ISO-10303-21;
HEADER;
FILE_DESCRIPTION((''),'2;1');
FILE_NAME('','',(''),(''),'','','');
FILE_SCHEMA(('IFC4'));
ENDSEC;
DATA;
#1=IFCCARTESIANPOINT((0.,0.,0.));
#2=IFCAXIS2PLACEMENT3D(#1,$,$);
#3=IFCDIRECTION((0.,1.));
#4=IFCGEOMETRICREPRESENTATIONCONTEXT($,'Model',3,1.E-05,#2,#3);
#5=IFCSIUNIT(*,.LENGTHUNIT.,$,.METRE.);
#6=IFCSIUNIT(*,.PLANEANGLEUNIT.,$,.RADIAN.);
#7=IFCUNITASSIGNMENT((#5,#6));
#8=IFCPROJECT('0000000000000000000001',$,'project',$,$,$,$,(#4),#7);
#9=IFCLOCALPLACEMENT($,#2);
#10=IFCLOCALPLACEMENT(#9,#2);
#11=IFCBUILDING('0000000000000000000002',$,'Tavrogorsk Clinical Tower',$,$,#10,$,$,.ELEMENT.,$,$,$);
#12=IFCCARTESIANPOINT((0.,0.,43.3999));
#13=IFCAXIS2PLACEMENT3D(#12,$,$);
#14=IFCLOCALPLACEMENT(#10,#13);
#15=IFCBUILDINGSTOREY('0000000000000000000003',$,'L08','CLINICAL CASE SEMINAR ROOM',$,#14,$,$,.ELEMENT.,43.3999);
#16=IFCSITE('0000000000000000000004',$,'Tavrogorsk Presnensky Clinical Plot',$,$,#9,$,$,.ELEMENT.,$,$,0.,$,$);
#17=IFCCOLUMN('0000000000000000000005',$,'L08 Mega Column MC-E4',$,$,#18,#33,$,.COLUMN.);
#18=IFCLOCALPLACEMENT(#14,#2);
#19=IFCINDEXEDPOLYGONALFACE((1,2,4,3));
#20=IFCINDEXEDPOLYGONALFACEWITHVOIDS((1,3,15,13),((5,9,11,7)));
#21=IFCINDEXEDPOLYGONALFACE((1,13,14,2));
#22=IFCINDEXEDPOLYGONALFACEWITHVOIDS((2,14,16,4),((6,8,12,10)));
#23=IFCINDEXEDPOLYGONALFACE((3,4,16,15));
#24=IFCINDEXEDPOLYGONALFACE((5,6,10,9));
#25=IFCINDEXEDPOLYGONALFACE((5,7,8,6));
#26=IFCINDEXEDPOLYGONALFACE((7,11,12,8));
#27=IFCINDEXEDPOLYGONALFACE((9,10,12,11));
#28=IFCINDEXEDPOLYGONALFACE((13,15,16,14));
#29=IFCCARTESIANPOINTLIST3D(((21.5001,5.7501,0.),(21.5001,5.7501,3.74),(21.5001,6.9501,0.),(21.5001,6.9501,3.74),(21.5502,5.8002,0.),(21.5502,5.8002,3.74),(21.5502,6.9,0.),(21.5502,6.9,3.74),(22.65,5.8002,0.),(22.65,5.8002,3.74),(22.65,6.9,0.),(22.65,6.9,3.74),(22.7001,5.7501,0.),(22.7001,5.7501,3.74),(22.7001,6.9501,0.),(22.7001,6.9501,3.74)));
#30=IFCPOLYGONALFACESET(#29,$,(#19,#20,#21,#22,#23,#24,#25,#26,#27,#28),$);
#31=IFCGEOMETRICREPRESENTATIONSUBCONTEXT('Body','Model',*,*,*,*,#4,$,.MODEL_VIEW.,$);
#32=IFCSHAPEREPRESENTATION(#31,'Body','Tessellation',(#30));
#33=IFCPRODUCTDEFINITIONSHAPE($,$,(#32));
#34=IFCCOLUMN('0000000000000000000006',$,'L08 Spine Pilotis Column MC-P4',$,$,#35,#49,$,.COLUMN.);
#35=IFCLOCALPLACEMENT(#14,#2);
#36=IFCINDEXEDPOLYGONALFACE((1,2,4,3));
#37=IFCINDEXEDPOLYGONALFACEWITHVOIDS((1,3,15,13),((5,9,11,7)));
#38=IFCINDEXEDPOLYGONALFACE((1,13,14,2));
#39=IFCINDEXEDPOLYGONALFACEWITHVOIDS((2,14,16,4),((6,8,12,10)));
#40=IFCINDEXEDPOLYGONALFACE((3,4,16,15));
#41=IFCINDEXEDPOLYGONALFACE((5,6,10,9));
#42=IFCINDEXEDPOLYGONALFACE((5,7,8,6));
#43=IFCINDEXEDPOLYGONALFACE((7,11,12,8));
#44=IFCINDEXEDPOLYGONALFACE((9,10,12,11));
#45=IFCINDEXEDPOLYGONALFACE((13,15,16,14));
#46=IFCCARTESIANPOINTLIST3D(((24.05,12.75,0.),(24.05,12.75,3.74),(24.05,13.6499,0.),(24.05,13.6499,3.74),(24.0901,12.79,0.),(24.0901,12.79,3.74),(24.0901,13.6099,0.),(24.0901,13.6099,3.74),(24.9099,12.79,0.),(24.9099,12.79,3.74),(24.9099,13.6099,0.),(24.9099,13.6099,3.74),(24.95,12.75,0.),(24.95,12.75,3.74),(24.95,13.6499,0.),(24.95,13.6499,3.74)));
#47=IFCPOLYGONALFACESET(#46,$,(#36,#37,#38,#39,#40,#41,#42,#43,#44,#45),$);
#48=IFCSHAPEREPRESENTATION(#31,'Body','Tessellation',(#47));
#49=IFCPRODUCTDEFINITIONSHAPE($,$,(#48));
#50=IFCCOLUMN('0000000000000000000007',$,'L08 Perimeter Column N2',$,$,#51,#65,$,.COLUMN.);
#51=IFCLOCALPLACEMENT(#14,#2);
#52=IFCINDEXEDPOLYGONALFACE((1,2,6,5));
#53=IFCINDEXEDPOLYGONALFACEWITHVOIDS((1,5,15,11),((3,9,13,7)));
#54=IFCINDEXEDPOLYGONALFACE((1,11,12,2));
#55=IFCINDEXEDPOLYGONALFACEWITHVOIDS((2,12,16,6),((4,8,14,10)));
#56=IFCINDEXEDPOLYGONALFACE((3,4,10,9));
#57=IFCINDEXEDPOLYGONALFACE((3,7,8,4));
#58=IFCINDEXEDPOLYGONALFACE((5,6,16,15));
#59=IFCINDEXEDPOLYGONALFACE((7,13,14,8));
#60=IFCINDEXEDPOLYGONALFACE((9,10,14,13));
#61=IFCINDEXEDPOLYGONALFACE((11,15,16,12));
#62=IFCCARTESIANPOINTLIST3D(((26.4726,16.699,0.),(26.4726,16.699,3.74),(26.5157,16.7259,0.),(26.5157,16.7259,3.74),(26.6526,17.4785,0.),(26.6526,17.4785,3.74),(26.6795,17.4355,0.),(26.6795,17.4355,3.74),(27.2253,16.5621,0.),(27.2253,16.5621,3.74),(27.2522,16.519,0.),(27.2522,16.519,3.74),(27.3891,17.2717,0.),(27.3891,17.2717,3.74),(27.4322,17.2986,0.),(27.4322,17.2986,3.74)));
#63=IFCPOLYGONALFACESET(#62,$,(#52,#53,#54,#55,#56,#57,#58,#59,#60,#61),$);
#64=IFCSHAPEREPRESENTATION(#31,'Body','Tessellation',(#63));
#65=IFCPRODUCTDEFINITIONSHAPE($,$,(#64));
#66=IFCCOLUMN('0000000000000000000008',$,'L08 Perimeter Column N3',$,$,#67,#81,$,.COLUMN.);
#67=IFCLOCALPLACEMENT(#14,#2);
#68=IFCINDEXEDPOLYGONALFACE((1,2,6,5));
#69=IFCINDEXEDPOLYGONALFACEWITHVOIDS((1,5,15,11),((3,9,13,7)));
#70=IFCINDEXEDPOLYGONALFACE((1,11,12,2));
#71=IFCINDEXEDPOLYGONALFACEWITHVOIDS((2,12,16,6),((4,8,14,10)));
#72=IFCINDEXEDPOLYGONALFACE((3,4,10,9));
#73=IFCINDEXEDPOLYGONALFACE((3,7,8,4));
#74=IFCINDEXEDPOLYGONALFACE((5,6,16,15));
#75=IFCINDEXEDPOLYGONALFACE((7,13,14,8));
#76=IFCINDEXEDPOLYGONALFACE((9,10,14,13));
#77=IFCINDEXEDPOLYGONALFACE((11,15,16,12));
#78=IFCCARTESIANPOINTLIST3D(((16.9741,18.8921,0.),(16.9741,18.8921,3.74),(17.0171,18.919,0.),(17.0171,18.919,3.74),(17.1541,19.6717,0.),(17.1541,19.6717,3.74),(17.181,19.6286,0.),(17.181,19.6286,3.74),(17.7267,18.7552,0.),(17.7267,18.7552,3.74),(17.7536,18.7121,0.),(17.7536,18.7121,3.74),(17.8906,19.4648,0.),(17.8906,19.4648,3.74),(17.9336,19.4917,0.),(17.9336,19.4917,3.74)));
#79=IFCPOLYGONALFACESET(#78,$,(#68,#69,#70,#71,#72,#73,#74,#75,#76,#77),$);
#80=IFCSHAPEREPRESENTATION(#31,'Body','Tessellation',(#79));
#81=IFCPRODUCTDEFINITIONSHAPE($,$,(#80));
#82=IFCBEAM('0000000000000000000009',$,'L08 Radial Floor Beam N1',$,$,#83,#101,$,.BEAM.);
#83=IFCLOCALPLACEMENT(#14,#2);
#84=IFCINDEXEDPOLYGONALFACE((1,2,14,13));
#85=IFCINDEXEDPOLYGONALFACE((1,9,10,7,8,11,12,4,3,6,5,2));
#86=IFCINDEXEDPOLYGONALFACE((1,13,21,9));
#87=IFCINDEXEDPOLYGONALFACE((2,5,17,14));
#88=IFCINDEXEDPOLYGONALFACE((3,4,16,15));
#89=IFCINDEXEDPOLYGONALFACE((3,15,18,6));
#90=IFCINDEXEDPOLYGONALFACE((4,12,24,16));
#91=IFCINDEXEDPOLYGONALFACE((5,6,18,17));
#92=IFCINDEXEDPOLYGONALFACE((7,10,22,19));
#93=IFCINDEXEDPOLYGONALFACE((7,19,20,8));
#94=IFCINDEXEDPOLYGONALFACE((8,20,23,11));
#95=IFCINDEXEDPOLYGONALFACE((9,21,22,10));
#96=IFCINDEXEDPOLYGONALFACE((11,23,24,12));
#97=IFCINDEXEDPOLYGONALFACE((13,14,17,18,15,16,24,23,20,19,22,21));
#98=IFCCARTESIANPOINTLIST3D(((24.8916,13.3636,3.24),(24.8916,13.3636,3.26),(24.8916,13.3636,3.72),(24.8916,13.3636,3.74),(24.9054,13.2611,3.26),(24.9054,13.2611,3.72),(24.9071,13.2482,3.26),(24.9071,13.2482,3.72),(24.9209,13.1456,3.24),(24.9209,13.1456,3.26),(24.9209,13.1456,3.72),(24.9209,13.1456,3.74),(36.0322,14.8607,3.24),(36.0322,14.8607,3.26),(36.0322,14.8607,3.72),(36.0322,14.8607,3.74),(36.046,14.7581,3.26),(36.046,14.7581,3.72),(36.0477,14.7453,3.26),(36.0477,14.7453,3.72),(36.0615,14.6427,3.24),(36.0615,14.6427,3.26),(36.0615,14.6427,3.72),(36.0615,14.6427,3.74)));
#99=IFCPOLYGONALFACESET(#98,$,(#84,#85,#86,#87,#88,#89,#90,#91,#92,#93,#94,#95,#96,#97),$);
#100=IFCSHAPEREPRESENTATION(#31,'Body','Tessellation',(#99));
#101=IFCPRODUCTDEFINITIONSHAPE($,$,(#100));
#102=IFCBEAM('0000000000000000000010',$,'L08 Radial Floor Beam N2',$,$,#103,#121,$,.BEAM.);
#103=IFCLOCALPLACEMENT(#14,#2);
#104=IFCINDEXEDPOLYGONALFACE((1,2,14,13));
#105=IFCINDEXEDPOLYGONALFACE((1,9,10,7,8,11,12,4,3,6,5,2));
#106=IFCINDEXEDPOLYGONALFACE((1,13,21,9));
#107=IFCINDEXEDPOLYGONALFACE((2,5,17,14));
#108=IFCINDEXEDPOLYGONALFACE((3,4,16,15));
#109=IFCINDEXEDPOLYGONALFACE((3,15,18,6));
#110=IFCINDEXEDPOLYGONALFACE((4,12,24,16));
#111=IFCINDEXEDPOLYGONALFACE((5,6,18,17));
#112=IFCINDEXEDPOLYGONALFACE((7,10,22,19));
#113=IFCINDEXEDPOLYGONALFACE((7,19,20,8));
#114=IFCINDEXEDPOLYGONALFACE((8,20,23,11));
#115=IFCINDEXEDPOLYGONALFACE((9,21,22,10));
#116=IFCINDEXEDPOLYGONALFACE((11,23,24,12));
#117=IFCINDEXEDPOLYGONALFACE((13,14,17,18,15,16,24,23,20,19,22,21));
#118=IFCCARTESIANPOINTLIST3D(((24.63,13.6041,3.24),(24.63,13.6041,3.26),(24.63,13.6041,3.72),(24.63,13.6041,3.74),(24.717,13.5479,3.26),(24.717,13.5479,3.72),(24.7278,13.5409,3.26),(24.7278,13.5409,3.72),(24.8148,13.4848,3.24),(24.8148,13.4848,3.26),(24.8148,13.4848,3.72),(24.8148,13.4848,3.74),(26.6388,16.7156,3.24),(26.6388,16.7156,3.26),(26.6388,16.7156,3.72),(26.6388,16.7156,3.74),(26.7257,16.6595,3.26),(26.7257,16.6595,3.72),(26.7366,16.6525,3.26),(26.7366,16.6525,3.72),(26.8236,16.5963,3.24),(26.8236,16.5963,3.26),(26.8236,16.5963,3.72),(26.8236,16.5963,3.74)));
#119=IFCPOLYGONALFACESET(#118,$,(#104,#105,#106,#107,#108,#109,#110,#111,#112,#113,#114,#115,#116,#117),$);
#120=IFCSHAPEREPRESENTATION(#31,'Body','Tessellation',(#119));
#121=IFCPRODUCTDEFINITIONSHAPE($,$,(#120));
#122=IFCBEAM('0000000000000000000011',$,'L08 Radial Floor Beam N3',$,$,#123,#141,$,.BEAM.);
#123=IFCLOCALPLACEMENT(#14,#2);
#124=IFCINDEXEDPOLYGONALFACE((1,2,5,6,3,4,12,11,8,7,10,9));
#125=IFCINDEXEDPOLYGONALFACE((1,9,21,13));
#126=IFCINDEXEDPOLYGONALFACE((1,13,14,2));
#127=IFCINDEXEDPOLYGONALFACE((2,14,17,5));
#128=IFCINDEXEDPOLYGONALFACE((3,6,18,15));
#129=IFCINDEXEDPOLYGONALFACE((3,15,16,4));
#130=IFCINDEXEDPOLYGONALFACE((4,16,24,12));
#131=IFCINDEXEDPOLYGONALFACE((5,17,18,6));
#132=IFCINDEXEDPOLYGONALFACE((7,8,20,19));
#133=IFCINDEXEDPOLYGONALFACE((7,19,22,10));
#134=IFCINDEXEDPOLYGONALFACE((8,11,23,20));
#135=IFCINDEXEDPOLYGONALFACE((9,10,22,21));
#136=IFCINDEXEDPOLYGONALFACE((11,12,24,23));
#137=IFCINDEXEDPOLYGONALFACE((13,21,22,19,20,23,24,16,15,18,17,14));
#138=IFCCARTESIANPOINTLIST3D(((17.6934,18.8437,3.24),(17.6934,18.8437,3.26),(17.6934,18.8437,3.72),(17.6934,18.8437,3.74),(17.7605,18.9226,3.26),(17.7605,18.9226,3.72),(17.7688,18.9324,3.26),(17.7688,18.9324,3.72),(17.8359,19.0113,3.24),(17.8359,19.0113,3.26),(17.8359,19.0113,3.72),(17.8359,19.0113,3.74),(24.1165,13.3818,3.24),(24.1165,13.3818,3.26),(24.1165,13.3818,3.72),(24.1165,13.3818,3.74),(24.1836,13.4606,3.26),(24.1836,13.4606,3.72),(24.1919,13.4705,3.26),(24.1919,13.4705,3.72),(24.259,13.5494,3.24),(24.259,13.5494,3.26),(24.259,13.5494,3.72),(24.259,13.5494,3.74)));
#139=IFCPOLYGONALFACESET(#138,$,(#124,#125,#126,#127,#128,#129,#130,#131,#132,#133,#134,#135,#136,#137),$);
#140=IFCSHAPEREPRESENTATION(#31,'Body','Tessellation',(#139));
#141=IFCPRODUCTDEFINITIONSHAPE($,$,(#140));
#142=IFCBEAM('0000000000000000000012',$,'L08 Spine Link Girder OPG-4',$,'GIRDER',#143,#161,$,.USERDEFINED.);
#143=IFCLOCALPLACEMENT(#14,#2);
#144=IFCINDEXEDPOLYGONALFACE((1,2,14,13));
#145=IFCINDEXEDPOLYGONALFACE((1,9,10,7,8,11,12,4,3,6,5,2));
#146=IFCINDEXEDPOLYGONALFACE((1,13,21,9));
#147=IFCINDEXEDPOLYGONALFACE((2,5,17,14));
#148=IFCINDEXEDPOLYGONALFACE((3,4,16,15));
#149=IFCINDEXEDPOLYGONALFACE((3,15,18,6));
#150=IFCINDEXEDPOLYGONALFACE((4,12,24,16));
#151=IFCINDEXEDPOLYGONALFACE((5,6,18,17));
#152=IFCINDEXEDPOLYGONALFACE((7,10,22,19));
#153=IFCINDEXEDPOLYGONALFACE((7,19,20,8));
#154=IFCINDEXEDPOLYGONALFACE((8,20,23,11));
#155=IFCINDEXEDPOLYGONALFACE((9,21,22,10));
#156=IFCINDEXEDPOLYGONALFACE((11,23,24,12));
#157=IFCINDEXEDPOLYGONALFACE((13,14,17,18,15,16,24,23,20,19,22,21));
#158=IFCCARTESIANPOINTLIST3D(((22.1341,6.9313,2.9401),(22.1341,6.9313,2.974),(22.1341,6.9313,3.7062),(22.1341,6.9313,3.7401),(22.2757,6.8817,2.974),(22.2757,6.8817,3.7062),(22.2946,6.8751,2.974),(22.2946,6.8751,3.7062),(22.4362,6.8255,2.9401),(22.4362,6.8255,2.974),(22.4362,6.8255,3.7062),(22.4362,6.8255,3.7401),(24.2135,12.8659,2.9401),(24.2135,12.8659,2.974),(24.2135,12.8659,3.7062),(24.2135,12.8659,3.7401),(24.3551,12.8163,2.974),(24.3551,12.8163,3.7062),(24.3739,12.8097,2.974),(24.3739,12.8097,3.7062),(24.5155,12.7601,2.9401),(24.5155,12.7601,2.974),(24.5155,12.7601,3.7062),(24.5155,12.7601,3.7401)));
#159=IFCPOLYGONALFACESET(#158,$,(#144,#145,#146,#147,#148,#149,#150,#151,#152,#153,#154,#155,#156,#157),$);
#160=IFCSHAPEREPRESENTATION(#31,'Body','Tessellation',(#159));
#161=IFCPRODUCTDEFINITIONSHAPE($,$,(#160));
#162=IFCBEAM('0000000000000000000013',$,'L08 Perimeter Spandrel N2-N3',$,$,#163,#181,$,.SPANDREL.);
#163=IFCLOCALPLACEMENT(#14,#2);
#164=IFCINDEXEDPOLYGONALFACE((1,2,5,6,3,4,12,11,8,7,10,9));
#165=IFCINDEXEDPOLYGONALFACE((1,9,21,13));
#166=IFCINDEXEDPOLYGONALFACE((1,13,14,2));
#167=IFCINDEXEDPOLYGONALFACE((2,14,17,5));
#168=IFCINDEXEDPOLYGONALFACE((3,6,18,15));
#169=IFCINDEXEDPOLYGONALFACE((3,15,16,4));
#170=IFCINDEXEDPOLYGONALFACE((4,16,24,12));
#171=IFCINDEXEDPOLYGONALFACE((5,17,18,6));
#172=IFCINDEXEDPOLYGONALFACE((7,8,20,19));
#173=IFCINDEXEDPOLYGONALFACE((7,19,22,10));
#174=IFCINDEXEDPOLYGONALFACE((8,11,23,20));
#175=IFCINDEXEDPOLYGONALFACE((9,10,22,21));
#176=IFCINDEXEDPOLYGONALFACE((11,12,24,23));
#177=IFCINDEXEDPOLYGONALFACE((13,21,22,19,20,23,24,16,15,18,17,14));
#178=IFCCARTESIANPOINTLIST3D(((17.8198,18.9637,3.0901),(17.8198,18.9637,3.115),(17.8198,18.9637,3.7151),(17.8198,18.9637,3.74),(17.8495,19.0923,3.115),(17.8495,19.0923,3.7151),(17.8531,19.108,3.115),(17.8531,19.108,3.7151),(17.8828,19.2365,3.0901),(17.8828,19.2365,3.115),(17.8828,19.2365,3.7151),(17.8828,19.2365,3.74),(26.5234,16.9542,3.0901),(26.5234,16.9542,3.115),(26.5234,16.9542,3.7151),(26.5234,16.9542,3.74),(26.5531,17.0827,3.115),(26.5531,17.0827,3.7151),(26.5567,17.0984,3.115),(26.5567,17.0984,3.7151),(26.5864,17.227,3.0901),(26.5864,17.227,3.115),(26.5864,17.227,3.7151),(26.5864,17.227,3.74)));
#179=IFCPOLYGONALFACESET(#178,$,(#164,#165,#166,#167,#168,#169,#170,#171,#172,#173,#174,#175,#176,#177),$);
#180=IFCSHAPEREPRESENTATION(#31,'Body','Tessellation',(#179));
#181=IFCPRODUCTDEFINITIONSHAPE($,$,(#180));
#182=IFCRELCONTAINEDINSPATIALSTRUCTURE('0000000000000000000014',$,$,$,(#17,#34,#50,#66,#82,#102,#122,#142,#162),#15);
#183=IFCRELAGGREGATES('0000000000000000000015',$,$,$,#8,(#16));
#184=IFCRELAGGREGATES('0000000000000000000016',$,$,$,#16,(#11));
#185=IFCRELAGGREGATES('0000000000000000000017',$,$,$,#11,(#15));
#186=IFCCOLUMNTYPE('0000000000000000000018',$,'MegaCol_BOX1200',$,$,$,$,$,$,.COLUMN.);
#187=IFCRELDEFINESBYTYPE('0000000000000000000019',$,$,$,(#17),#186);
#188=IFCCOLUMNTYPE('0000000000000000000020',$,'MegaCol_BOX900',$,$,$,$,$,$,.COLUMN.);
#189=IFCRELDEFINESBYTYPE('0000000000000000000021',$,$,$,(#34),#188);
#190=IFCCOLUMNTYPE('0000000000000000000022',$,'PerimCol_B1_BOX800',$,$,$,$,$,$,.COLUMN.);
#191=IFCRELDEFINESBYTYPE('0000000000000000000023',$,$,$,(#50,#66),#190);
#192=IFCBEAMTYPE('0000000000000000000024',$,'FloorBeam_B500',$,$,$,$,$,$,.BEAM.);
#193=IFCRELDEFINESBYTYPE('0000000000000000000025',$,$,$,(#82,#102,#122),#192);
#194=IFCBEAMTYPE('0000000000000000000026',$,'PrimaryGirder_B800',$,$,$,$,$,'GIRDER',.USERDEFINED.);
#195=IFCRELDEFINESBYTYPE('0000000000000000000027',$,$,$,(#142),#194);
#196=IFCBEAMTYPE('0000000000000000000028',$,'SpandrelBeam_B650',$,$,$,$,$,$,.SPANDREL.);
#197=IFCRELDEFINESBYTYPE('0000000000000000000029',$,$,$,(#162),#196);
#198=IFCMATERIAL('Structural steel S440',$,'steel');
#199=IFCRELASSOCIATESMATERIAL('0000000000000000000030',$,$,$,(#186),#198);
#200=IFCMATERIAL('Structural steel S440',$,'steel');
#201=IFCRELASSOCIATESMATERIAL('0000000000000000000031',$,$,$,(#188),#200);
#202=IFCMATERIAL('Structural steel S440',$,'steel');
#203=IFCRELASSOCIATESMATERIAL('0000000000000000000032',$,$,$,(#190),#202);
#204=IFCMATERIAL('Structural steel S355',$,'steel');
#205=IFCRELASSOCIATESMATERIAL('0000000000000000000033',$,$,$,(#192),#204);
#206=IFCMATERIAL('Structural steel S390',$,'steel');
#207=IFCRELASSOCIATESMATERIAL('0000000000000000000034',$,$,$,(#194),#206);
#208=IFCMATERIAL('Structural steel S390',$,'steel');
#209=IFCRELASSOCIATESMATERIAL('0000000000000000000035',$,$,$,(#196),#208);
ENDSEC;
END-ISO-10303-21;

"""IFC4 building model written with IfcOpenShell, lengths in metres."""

from ifc_helpers import new_model, si_unit, direction, frame, origin, origin_2d, place, context, subcontext, project, spatial, hollow_rectangle, i_section, extrude, material, material_profile, profile_set, type_object, element, save


model = new_model("IFC4")

# Units and contexts
model_context = context("Model", 3, precision=1e-05, world=origin(), true_north=direction((0.0, 1.0)))
body_context = subcontext(model_context, "Body", "Model", "MODEL_VIEW")
ifc_project = project(units=[si_unit("LENGTHUNIT", "METRE"), si_unit("PLANEANGLEUNIT", "RADIAN")], contexts=[model_context])

# Site, building, storey
site_placement = place(None, origin())
site = spatial("IfcSite", under=ifc_project, at=site_placement, Name="Tavrogorsk Presnensky Clinical Plot", CompositionType="ELEMENT", RefElevation=0.0)
building_placement = place(site_placement, origin())
building = spatial("IfcBuilding", under=site, at=building_placement, Name="Tavrogorsk Clinical Tower", CompositionType="ELEMENT")
storey_placement = place(building_placement, frame((0.0, 0.0, 43.3999)))
storey = spatial("IfcBuildingStorey", under=building, at=storey_placement, Name="L08", Description="CLINICAL CASE SEMINAR ROOM", CompositionType="ELEMENT", Elevation=43.3999)

# Columns
ifc_material_1 = material(Name="Structural steel S440", Category="steel")
ifc_material_profile_1 = material_profile(ifc_material_1, hollow_rectangle(XDim=1.2, YDim=1.2, WallThickness=0.05, at=origin_2d()), Name="BOX-1200x1200x50")
ifc_profile_set_1 = profile_set([ifc_material_profile_1], Name="Structural steel S440")
column_type_1 = type_object("IfcColumnType", Name="MegaCol_BOX1200", PredefinedType="COLUMN", material=ifc_profile_set_1)
column_1_placement = place(storey_placement, frame((22.1001, 6.3501, 0.0), z_axis=(0.0, 0.0, 1.0), x_axis=(1.0, 0.0, 0.0)))
element("IfcColumn", 1, at=column_1_placement, inside=storey, type_object=column_type_1, Name="L08 Mega Column MC-E4", PredefinedType="COLUMN", context=body_context, shape_type="SweptSolid", body=[
    extrude(hollow_rectangle(XDim=1.2, YDim=1.2, WallThickness=0.05, at=origin_2d()), origin(), (0.0, 0.0, 1.0), 3.74),
])
ifc_material_2 = material(Name="Structural steel S440", Category="steel")
ifc_material_profile_2 = material_profile(ifc_material_2, hollow_rectangle(XDim=0.8999, YDim=0.8999, WallThickness=0.04, at=origin_2d()), Name="BOX-900x900x40")
ifc_profile_set_2 = profile_set([ifc_material_profile_2], Name="Structural steel S440")
column_type_2 = type_object("IfcColumnType", Name="MegaCol_BOX900", PredefinedType="COLUMN", material=ifc_profile_set_2)
column_2_placement = place(storey_placement, frame((24.5, 13.2, 0.0), z_axis=(0.0, 0.0, 1.0), x_axis=(1.0, 0.0, 0.0)))
element("IfcColumn", 2, at=column_2_placement, inside=storey, type_object=column_type_2, Name="L08 Spine Pilotis Column MC-P4", PredefinedType="COLUMN", context=body_context, shape_type="SweptSolid", body=[
    extrude(hollow_rectangle(XDim=0.8999, YDim=0.8999, WallThickness=0.04, at=origin_2d()), origin(), (0.0, 0.0, 1.0), 3.74),
])
ifc_material_3 = material(Name="Structural steel S440", Category="steel")
ifc_material_profile_3 = material_profile(ifc_material_3, hollow_rectangle(XDim=0.8, YDim=0.8, WallThickness=0.0359, at=origin_2d()), Name="BOX-800x800x36")
ifc_profile_set_3 = profile_set([ifc_material_profile_3], Name="Structural steel S440")
column_type_3 = type_object("IfcColumnType", Name="PerimCol_B1_BOX800", PredefinedType="COLUMN", material=ifc_profile_set_3)
for number, where, z_axis, x_axis, name in (
    (3, (26.9524, 16.9988, 0.0), (0.0, 0.0, 1.0), (0.97437, -0.224951, 0.0), "L08 Perimeter Column N2"),
    (4, (17.4539, 19.1919, 0.0), (0.0, 0.0, 1.0), (0.97437, -0.224951, 0.0), "L08 Perimeter Column N3"),
):
    element("IfcColumn", number, at=place(storey_placement, frame(where, z_axis=z_axis, x_axis=x_axis)), inside=storey, type_object=column_type_3, Name=name, PredefinedType="COLUMN", context=body_context, shape_type="SweptSolid", body=[
        extrude(hollow_rectangle(XDim=0.8, YDim=0.8, WallThickness=0.0359, at=origin_2d()), origin(), (0.0, 0.0, 1.0), 3.74),
    ])

# Beams
ifc_material_4 = material(Name="Structural steel S355", Category="steel")
ifc_material_profile_4 = material_profile(ifc_material_4, i_section(OverallWidth=0.22, OverallDepth=0.5, WebThickness=0.0129, FlangeThickness=0.02, at=origin_2d()), Name="B-500x220x13x20")
ifc_profile_set_4 = profile_set([ifc_material_profile_4], Name="Structural steel S355")
beam_type_1 = type_object("IfcBeamType", Name="FloorBeam_B500", PredefinedType="BEAM", material=ifc_profile_set_4)
beam_1_placement = place(storey_placement, frame((24.9062, 13.2546, 3.49), z_axis=(0.991092, 0.133182, 0.0), x_axis=(-0.133182, 0.991092, 0.0)))
element("IfcBeam", 5, at=beam_1_placement, inside=storey, type_object=beam_type_1, Name="L08 Radial Floor Beam N1", PredefinedType="BEAM", context=body_context, shape_type="SweptSolid", body=[
    extrude(i_section(OverallWidth=0.22, OverallDepth=0.5, WebThickness=0.0129, FlangeThickness=0.02, at=origin_2d()), origin(), (0.0, 0.0, 1.0), 11.2407),
])
beam_2_placement = place(storey_placement, frame((24.7224, 13.5444, 3.49), z_axis=(0.542379, 0.840134, 0.0), x_axis=(-0.840134, 0.542379, 0.0)))
element("IfcBeam", 6, at=beam_2_placement, inside=storey, type_object=beam_type_1, Name="L08 Radial Floor Beam N2", PredefinedType="BEAM", context=body_context, shape_type="SweptSolid", body=[
    extrude(i_section(OverallWidth=0.22, OverallDepth=0.5, WebThickness=0.0129, FlangeThickness=0.02, at=origin_2d()), origin(), (0.0, 0.0, 1.0), 3.7036),
])
beam_3_placement = place(storey_placement, frame((24.1877, 13.4656, 3.49), z_axis=(-0.761806, 0.647806, 0.0), x_axis=(-0.647806, -0.761806, 0.0)))
element("IfcBeam", 7, at=beam_3_placement, inside=storey, type_object=beam_type_1, Name="L08 Radial Floor Beam N3", PredefinedType="BEAM", context=body_context, shape_type="SweptSolid", body=[
    extrude(i_section(OverallWidth=0.22, OverallDepth=0.5, WebThickness=0.0129, FlangeThickness=0.02, at=origin_2d()), origin(), (0.0, 0.0, 1.0), 8.4314),
])
ifc_material_5 = material(Name="Structural steel S390", Category="steel")
ifc_material_profile_5 = material_profile(ifc_material_5, i_section(OverallWidth=0.3201, OverallDepth=0.8, WebThickness=0.02, FlangeThickness=0.0339, at=origin_2d()), Name="B-800x320x20x34")
ifc_profile_set_5 = profile_set([ifc_material_profile_5], Name="Structural steel S390")
beam_type_2 = type_object("IfcBeamType", Name="PrimaryGirder_B800", ElementType="GIRDER", PredefinedType="USERDEFINED", material=ifc_profile_set_5)
beam_4_placement = place(storey_placement, frame((24.3645, 12.813, 3.3401), z_axis=(-0.330669, -0.943747, 0.0), x_axis=(0.943747, -0.330669, 0.0)))
element("IfcBeam", 8, at=beam_4_placement, inside=storey, type_object=beam_type_2, Name="L08 Spine Link Girder OPG-4", ObjectType="GIRDER", PredefinedType="USERDEFINED", context=body_context, shape_type="SweptSolid", body=[
    extrude(i_section(OverallWidth=0.3201, OverallDepth=0.8, WebThickness=0.02, FlangeThickness=0.0339, at=origin_2d()), origin(), (0.0, 0.0, 1.0), 6.2883),
])
ifc_material_6 = material(Name="Structural steel S390", Category="steel")
ifc_material_profile_6 = material_profile(ifc_material_6, i_section(OverallWidth=0.28, OverallDepth=0.6499, WebThickness=0.0161, FlangeThickness=0.0249, at=origin_2d()), Name="B-650x280x16x25")
ifc_profile_set_6 = profile_set([ifc_material_profile_6], Name="Structural steel S390")
beam_type_3 = type_object("IfcBeamType", Name="SpandrelBeam_B650", PredefinedType="SPANDREL", material=ifc_profile_set_6)
for number, where, z_axis, x_axis, name in (
    (9, (26.5549, 17.0906, 3.415), (-0.974367, 0.224965, 0.0), (-0.224965, -0.974367, 0.0), "L08 Perimeter Spandrel N2-N3"),
):
    element("IfcBeam", number, at=place(storey_placement, frame(where, z_axis=z_axis, x_axis=x_axis)), inside=storey, type_object=beam_type_3, Name=name, PredefinedType="SPANDREL", context=body_context, shape_type="SweptSolid", body=[
        extrude(i_section(OverallWidth=0.28, OverallDepth=0.6499, WebThickness=0.0161, FlangeThickness=0.0249, at=origin_2d()), origin(), (0.0, 0.0, 1.0), 8.9326),
    ])

save(model, "model.ifc")
